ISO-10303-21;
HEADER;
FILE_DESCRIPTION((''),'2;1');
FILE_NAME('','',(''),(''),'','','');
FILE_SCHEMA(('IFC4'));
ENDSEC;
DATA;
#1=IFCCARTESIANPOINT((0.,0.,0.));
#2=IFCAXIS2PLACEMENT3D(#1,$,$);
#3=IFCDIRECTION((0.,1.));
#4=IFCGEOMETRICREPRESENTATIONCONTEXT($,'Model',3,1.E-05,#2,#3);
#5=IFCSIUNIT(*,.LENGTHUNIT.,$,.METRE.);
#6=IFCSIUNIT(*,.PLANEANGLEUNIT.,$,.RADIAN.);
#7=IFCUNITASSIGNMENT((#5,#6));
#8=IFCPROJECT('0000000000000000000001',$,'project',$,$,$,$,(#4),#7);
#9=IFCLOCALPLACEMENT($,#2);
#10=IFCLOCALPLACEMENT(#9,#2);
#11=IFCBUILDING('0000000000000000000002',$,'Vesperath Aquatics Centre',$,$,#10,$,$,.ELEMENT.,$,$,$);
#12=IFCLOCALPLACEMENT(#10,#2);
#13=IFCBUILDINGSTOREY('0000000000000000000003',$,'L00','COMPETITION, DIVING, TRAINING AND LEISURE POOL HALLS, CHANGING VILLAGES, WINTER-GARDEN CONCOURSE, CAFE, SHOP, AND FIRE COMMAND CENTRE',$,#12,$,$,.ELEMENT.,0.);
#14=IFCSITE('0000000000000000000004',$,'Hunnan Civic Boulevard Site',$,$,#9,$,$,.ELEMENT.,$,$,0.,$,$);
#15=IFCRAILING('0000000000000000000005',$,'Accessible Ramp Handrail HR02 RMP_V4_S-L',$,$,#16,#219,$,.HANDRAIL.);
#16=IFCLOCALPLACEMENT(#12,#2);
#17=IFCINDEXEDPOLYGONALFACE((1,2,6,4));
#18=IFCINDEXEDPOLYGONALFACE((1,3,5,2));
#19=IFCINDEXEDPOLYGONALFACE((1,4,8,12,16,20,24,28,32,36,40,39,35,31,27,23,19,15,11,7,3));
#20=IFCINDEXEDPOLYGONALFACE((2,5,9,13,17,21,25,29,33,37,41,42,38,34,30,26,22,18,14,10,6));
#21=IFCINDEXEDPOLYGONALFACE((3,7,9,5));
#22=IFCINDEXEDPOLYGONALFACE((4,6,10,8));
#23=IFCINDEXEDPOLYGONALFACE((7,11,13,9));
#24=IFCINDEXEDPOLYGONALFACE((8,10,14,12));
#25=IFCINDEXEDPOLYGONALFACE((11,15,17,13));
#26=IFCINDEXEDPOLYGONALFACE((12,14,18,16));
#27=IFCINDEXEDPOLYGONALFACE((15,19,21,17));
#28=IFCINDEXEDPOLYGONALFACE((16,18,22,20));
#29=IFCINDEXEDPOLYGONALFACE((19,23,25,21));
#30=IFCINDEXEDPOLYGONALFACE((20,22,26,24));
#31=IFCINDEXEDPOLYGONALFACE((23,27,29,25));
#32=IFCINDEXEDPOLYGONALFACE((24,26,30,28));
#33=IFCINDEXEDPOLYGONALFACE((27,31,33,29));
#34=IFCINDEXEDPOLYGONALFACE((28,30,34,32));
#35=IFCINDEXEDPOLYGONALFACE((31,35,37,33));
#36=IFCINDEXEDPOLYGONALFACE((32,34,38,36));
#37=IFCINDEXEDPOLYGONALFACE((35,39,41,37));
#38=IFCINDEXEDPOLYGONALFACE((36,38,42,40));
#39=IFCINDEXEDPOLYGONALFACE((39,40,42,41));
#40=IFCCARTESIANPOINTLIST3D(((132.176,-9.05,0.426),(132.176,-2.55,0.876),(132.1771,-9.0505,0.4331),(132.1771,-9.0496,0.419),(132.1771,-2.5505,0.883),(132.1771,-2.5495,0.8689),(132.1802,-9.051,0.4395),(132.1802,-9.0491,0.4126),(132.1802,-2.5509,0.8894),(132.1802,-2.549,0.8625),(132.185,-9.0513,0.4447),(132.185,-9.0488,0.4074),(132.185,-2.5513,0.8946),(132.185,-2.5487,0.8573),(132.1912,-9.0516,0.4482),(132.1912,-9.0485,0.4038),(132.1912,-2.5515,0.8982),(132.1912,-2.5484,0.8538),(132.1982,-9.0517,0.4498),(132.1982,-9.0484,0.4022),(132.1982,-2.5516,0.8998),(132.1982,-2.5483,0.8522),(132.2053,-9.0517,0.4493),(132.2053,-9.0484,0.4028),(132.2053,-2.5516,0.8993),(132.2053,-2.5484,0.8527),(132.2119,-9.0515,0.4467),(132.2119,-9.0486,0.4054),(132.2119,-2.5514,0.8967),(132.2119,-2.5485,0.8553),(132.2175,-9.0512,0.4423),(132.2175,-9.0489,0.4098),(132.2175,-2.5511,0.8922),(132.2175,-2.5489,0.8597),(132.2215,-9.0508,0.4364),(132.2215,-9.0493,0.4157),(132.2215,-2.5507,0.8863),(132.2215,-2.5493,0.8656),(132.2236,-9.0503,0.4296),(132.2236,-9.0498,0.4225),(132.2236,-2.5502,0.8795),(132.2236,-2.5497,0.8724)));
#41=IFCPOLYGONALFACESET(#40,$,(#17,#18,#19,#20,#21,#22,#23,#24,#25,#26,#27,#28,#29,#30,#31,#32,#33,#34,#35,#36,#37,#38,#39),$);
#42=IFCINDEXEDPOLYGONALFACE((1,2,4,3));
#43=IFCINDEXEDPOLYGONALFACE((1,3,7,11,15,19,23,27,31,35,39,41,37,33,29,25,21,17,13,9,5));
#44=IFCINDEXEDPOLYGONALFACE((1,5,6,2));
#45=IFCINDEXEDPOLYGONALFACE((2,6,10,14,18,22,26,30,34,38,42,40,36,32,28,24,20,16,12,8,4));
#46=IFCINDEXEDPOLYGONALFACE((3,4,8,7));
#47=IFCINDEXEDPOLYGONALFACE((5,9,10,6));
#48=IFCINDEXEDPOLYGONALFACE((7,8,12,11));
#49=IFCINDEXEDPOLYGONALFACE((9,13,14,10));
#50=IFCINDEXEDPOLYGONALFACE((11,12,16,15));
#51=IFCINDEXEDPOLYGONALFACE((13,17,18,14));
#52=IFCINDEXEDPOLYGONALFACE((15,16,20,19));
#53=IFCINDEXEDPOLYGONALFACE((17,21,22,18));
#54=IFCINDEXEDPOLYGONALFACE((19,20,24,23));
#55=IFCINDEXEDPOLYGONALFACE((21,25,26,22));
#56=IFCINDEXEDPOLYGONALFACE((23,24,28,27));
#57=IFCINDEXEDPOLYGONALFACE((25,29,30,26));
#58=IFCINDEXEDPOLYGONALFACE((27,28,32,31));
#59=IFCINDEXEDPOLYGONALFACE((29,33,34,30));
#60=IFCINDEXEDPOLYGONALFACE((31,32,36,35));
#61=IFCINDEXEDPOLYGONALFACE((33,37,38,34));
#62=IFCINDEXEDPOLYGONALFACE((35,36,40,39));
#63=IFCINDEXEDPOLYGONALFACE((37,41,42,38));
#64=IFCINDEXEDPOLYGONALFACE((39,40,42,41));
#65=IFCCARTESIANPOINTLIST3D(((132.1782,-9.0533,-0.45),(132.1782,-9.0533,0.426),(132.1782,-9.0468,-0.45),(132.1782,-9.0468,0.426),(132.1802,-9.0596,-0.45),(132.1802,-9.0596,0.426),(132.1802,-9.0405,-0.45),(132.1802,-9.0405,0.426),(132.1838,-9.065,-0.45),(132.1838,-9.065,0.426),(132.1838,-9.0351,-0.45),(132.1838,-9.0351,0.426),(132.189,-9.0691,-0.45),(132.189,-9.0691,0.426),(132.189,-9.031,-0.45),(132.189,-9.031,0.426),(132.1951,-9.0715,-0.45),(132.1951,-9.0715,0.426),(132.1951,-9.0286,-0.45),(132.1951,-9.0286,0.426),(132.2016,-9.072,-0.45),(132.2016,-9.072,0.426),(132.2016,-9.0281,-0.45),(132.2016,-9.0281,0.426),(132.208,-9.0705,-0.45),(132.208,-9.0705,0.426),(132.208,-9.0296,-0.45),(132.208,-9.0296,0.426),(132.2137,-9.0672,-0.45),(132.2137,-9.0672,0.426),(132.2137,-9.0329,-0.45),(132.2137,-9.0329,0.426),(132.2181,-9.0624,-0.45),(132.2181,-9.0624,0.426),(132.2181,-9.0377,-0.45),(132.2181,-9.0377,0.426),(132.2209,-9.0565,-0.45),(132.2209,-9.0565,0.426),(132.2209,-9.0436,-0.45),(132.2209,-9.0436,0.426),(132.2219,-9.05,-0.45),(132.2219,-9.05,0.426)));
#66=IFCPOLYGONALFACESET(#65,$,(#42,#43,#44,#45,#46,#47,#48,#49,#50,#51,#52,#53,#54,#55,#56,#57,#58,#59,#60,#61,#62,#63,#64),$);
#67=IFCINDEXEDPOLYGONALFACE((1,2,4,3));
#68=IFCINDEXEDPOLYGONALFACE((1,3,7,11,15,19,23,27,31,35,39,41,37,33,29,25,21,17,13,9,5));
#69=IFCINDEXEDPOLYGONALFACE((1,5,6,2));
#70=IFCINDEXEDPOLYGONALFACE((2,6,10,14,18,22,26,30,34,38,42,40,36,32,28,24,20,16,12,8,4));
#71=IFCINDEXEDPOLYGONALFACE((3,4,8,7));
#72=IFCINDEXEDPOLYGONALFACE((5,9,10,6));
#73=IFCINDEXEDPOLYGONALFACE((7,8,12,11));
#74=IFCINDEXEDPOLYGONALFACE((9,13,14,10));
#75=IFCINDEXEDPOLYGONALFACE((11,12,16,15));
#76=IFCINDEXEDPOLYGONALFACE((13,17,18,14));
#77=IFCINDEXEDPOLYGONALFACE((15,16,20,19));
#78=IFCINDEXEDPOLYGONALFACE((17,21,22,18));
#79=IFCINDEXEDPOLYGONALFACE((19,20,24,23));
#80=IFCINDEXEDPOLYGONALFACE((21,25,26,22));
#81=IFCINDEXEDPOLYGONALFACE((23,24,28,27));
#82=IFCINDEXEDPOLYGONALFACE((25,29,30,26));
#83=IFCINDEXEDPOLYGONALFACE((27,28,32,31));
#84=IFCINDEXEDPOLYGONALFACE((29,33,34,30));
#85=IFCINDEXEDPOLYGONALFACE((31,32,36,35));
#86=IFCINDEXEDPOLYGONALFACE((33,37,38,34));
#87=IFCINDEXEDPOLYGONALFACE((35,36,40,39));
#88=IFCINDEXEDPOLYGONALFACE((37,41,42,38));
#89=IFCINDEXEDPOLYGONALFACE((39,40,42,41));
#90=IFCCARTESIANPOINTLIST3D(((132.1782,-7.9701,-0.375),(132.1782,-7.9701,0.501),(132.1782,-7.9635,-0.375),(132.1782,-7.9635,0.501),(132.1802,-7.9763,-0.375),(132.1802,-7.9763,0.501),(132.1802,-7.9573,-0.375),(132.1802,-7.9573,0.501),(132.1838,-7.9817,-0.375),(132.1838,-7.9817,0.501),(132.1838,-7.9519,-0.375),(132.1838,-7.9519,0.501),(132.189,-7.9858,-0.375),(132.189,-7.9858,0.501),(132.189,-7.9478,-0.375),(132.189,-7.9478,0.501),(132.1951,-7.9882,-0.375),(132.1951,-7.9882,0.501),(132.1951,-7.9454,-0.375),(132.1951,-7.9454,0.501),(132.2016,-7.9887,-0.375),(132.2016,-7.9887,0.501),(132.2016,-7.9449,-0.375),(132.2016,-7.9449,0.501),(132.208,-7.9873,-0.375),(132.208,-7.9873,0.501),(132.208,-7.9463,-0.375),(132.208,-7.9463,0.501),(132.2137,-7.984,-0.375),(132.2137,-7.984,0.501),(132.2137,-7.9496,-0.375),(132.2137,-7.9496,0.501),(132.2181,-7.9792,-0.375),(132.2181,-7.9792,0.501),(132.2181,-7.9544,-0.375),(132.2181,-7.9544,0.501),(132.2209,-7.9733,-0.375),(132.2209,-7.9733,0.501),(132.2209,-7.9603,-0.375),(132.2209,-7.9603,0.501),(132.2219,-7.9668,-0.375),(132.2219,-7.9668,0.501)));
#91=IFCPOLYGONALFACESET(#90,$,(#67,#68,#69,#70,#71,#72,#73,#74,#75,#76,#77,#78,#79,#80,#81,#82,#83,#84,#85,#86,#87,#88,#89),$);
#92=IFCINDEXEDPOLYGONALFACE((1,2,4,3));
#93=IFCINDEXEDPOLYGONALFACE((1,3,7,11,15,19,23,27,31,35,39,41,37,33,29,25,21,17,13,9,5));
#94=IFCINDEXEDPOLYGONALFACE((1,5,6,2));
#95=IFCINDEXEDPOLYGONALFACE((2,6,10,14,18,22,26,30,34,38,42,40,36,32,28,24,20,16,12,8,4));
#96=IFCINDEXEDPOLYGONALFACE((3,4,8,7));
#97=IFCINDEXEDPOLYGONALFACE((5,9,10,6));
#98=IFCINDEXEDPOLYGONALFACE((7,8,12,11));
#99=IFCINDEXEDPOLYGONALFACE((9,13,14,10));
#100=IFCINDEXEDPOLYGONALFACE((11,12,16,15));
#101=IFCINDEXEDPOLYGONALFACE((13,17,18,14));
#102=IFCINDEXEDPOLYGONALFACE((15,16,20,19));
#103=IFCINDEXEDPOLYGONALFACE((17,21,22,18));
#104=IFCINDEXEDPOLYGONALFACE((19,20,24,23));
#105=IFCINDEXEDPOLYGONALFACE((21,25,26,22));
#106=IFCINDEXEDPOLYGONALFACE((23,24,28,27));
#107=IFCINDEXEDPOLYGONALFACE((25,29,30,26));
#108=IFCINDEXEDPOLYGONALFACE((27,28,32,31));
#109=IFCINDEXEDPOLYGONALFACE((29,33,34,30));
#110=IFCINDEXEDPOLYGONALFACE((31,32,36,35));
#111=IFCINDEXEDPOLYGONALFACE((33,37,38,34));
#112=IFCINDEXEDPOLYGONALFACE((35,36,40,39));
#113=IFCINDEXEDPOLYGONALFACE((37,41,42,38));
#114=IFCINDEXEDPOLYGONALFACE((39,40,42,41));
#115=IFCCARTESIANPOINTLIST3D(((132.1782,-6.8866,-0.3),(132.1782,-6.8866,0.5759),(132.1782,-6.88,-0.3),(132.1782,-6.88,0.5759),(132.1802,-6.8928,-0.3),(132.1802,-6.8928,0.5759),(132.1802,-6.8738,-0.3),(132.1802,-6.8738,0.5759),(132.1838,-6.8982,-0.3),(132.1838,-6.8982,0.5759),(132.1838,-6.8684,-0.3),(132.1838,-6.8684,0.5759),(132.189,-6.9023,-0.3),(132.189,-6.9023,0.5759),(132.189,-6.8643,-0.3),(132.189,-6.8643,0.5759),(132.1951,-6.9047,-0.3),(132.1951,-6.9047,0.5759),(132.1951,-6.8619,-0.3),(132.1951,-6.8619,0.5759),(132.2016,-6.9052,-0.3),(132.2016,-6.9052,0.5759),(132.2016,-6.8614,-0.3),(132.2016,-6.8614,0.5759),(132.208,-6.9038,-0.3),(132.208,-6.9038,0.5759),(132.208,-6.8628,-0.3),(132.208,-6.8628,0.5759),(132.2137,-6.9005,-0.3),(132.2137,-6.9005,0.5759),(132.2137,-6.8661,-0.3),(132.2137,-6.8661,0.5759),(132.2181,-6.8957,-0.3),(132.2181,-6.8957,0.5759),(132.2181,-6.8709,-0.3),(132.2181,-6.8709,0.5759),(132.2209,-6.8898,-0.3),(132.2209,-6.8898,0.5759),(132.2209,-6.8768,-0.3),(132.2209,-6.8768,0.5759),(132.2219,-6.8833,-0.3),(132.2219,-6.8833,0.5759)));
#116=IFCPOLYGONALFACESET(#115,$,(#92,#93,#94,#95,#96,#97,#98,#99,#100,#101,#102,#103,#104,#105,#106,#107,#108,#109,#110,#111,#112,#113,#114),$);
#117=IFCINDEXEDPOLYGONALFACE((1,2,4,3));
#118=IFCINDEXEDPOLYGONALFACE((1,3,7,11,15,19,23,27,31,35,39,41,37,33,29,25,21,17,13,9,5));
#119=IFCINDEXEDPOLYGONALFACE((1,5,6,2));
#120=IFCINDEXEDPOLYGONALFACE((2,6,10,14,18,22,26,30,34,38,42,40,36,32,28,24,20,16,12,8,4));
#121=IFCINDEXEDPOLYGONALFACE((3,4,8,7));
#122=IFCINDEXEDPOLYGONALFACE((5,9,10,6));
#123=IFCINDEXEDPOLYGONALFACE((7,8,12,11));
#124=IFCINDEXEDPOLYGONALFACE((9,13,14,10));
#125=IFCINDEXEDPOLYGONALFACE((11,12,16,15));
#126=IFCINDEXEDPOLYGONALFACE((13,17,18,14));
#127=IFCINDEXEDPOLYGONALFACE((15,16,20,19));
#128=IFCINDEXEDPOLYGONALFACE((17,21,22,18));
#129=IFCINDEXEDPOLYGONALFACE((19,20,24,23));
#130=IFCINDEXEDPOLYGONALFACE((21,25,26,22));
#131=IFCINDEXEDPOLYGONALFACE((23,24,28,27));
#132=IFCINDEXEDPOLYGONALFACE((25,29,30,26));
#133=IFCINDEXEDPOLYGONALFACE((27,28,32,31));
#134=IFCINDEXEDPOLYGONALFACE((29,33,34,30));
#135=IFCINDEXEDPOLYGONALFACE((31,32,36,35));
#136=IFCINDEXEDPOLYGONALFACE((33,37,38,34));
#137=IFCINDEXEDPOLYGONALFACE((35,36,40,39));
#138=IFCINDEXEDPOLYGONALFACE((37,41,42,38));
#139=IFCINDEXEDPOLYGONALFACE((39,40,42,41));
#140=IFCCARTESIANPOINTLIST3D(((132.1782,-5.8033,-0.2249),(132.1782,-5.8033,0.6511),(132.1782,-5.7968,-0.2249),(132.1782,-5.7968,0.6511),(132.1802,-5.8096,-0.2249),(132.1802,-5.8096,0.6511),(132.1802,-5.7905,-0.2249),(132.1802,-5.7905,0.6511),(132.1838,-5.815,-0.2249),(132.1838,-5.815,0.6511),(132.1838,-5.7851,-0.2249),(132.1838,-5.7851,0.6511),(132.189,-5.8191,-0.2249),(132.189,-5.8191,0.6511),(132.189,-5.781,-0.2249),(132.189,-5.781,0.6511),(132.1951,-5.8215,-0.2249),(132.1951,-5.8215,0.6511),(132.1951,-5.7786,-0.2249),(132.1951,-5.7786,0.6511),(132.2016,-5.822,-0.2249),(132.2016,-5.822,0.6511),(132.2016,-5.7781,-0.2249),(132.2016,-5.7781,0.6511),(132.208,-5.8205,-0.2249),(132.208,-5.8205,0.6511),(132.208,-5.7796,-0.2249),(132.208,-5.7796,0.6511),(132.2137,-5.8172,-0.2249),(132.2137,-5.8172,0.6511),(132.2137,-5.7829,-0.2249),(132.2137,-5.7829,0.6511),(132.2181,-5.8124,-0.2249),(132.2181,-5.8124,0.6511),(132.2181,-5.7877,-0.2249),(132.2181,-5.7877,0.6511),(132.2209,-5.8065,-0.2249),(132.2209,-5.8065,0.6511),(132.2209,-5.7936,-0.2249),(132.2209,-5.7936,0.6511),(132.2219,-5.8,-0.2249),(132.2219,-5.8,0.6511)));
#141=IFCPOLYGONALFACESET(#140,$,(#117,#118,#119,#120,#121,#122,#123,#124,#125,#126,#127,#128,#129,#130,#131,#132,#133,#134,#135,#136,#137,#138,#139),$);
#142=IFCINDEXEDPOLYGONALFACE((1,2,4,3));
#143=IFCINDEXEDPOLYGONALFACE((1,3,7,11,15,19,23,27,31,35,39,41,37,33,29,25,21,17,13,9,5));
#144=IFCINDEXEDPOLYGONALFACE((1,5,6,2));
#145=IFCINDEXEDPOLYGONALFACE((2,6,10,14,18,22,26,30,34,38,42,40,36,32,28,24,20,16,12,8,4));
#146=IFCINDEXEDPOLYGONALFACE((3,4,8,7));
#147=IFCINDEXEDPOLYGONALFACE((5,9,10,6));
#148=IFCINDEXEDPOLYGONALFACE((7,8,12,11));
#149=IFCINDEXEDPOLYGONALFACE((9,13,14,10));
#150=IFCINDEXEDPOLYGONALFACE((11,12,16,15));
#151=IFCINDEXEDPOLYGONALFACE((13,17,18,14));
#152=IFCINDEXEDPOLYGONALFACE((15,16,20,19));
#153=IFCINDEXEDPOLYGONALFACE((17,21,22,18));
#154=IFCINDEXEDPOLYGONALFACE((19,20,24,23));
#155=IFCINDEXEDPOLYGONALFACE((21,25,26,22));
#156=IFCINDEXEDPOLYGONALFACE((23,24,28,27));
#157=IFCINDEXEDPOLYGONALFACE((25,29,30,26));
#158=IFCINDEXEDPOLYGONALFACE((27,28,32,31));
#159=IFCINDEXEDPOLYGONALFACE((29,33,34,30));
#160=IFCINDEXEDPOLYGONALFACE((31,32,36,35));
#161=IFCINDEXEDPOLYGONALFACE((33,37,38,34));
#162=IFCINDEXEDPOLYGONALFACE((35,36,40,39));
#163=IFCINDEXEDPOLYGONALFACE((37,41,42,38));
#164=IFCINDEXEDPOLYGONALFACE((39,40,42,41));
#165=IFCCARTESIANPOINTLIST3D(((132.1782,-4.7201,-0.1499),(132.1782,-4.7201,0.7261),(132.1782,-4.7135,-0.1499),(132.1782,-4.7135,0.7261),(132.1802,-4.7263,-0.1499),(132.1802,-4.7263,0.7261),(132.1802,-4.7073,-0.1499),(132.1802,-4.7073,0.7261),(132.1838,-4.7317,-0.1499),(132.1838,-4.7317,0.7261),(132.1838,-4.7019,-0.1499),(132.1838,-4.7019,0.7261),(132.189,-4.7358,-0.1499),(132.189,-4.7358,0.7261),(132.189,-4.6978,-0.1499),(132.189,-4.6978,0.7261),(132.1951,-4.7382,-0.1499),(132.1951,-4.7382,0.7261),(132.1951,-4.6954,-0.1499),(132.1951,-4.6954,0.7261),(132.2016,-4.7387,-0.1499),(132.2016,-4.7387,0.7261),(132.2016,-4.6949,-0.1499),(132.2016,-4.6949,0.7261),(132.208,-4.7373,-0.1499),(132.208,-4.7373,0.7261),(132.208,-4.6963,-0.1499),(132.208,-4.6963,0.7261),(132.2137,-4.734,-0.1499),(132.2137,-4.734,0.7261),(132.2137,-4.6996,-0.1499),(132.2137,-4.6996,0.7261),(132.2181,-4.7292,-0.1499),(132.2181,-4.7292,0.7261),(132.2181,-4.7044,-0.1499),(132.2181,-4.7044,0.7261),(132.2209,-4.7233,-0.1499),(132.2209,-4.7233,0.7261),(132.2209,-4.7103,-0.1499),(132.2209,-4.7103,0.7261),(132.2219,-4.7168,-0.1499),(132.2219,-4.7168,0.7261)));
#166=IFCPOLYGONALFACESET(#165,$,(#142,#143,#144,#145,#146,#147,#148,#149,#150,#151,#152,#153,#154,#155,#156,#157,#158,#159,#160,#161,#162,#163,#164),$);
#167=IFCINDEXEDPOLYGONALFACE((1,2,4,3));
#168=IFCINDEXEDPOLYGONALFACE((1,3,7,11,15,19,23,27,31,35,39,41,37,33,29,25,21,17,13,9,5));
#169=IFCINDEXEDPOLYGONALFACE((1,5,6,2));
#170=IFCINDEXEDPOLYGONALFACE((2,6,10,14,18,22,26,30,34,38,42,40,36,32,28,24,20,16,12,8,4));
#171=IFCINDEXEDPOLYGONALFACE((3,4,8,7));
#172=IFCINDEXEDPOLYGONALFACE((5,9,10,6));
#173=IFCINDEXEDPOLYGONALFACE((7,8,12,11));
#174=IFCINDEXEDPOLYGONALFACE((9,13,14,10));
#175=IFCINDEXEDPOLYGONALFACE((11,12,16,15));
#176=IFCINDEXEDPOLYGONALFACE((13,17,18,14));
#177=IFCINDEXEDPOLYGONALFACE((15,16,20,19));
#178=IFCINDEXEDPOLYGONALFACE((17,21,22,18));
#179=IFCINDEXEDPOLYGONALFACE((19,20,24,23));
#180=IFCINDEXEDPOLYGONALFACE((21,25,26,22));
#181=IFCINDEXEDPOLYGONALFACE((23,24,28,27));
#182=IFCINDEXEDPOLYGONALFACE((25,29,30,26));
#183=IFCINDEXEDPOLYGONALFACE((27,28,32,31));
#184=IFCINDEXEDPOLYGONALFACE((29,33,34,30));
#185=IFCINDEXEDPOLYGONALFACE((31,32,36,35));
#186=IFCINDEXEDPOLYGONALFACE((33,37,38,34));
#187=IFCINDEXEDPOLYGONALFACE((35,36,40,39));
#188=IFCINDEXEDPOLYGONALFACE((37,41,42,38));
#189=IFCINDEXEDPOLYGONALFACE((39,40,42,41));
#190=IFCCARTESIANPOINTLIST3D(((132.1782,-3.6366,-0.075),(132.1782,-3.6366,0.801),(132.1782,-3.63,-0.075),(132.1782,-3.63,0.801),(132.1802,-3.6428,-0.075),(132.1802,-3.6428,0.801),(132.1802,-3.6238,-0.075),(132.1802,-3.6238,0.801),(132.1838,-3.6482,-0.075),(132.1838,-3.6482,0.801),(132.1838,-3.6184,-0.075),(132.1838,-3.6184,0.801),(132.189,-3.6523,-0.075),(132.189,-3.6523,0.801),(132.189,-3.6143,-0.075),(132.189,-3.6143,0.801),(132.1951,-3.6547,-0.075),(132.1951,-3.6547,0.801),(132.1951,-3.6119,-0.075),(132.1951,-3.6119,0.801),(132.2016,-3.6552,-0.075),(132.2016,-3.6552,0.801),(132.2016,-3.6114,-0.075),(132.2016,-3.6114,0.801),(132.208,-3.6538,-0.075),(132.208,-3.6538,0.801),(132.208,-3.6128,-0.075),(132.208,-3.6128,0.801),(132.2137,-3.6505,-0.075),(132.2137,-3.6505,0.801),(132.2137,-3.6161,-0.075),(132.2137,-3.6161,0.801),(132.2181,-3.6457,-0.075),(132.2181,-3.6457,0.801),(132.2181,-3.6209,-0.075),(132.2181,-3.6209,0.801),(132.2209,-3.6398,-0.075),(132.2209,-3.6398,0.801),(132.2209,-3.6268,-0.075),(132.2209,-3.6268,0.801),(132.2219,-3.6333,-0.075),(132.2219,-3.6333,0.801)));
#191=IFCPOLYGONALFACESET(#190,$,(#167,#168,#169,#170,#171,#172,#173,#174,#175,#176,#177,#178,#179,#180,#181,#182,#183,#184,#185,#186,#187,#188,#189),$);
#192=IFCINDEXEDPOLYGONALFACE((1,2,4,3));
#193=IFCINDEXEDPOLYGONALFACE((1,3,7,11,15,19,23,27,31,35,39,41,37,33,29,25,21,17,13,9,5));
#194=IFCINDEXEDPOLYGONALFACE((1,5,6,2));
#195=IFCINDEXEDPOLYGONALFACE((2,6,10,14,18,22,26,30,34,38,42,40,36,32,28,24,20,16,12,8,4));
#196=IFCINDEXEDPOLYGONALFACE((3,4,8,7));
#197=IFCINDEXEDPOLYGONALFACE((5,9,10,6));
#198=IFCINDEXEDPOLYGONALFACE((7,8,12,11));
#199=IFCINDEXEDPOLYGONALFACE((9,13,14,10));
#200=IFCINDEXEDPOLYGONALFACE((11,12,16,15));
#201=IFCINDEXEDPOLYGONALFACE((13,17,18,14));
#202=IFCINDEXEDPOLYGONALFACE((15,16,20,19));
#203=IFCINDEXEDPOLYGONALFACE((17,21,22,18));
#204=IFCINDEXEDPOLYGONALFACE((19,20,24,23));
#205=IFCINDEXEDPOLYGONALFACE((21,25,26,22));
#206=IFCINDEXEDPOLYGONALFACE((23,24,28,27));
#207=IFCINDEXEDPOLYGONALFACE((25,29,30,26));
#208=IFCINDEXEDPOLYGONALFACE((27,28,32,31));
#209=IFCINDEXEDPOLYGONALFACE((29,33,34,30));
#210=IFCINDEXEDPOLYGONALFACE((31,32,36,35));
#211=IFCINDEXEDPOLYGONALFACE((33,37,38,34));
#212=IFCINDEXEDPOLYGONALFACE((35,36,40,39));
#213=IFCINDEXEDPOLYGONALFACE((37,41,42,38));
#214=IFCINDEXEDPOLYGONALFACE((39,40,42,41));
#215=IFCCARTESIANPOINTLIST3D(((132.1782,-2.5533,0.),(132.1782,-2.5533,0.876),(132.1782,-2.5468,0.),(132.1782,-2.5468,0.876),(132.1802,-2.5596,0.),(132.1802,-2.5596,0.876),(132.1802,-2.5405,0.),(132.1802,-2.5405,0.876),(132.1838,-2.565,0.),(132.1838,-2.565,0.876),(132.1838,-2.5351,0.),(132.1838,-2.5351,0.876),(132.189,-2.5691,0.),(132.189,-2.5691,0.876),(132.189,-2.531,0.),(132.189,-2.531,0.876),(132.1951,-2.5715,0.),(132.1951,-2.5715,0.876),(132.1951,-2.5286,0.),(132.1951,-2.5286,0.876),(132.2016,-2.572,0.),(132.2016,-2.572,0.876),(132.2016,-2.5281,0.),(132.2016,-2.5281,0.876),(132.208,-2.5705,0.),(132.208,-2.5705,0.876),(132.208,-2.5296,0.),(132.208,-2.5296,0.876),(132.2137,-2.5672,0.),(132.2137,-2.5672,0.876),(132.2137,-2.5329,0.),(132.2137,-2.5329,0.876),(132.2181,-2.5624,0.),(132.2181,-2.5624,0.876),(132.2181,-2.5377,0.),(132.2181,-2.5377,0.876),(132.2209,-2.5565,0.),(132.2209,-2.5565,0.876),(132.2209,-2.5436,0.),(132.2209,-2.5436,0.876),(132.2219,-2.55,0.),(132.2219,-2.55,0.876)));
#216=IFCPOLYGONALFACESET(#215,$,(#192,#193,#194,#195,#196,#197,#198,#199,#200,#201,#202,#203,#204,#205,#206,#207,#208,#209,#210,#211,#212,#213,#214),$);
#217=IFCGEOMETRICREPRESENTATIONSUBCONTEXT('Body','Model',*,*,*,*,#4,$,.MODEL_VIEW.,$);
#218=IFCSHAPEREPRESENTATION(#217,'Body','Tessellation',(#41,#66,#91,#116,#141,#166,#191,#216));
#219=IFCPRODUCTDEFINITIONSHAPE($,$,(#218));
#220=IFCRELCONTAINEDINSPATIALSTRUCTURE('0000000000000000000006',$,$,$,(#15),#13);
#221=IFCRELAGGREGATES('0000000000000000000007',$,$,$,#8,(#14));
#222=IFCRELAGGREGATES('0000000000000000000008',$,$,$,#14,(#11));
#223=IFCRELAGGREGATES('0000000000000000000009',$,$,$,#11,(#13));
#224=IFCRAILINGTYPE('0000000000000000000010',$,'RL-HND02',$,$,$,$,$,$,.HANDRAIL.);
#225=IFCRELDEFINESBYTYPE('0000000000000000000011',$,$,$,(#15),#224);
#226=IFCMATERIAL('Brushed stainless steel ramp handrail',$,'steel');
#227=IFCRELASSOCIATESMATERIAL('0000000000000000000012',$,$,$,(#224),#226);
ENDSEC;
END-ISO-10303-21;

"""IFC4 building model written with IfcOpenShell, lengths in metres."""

from ifc_helpers import new_model, si_unit, direction, frame, origin, origin_2d, place, context, subcontext, project, spatial, circle, extrude, material, type_object, element, save


model = new_model("IFC4")

# Units and contexts
model_context = context("Model", 3, precision=1e-05, world=origin(), true_north=direction((0.0, 1.0)))
body_context = subcontext(model_context, "Body", "Model", "MODEL_VIEW")
ifc_project = project(units=[si_unit("LENGTHUNIT", "METRE"), si_unit("PLANEANGLEUNIT", "RADIAN")], contexts=[model_context])

# Site, building, storey
site_placement = place(None, origin())
site = spatial("IfcSite", under=ifc_project, at=site_placement, Name="Hunnan Civic Boulevard Site", CompositionType="ELEMENT", RefElevation=0.0)
building_placement = place(site_placement, origin())
building = spatial("IfcBuilding", under=site, at=building_placement, Name="Vesperath Aquatics Centre", CompositionType="ELEMENT")
storey_placement = place(building_placement, origin())
storey = spatial("IfcBuildingStorey", under=building, at=storey_placement, Name="L00", Description="COMPETITION, DIVING, TRAINING AND LEISURE POOL HALLS, CHANGING VILLAGES, WINTER-GARDEN CONCOURSE, CAFE, SHOP, AND FIRE COMMAND CENTRE", CompositionType="ELEMENT", Elevation=0.0)

# Railing
ifc_material_1 = material(Name="Brushed stainless steel ramp handrail", Category="steel")
railing_type_1 = type_object("IfcRailingType", Name="RL-HND02", PredefinedType="HANDRAIL", material=ifc_material_1)
for number, where, name in (
    (1, (132.2, -9.05, -0.45), "Accessible Ramp Handrail HR02 RMP_V4_S-L"),
):
    element("IfcRailing", number, at=place(storey_placement, frame(where)), inside=storey, type_object=railing_type_1, Name=name, PredefinedType="HANDRAIL", context=body_context, shape_type="SweptSolid", body=[
        extrude(circle(Radius=0.0239, at=origin_2d()), frame((0.0, 0.0, 0.876), z_axis=(0.0, 0.997613, 0.069058), x_axis=(-1.0, 0.0, 0.0)), (0.0, 0.0, 1.0), 6.5156),
        extrude(circle(Radius=0.022, at=origin_2d()), origin(), (0.0, 0.0, 1.0), 0.876),
        extrude(circle(Radius=0.022, at=origin_2d()), frame((0.0, 1.0833, 0.075)), (0.0, 0.0, 1.0), 0.876),
        extrude(circle(Radius=0.022, at=origin_2d()), frame((0.0, 2.1667, 0.1499)), (0.0, 0.0, 1.0), 0.876),
        extrude(circle(Radius=0.022, at=origin_2d()), frame((0.0, 3.25, 0.2251)), (0.0, 0.0, 1.0), 0.876),
        extrude(circle(Radius=0.022, at=origin_2d()), frame((0.0, 4.3333, 0.3)), (0.0, 0.0, 1.0), 0.876),
        extrude(circle(Radius=0.022, at=origin_2d()), frame((0.0, 5.4167, 0.375)), (0.0, 0.0, 1.0), 0.876),
        extrude(circle(Radius=0.022, at=origin_2d()), frame((0.0, 6.5, 0.45)), (0.0, 0.0, 1.0), 0.876),
    ])

save(model, "model.ifc")
